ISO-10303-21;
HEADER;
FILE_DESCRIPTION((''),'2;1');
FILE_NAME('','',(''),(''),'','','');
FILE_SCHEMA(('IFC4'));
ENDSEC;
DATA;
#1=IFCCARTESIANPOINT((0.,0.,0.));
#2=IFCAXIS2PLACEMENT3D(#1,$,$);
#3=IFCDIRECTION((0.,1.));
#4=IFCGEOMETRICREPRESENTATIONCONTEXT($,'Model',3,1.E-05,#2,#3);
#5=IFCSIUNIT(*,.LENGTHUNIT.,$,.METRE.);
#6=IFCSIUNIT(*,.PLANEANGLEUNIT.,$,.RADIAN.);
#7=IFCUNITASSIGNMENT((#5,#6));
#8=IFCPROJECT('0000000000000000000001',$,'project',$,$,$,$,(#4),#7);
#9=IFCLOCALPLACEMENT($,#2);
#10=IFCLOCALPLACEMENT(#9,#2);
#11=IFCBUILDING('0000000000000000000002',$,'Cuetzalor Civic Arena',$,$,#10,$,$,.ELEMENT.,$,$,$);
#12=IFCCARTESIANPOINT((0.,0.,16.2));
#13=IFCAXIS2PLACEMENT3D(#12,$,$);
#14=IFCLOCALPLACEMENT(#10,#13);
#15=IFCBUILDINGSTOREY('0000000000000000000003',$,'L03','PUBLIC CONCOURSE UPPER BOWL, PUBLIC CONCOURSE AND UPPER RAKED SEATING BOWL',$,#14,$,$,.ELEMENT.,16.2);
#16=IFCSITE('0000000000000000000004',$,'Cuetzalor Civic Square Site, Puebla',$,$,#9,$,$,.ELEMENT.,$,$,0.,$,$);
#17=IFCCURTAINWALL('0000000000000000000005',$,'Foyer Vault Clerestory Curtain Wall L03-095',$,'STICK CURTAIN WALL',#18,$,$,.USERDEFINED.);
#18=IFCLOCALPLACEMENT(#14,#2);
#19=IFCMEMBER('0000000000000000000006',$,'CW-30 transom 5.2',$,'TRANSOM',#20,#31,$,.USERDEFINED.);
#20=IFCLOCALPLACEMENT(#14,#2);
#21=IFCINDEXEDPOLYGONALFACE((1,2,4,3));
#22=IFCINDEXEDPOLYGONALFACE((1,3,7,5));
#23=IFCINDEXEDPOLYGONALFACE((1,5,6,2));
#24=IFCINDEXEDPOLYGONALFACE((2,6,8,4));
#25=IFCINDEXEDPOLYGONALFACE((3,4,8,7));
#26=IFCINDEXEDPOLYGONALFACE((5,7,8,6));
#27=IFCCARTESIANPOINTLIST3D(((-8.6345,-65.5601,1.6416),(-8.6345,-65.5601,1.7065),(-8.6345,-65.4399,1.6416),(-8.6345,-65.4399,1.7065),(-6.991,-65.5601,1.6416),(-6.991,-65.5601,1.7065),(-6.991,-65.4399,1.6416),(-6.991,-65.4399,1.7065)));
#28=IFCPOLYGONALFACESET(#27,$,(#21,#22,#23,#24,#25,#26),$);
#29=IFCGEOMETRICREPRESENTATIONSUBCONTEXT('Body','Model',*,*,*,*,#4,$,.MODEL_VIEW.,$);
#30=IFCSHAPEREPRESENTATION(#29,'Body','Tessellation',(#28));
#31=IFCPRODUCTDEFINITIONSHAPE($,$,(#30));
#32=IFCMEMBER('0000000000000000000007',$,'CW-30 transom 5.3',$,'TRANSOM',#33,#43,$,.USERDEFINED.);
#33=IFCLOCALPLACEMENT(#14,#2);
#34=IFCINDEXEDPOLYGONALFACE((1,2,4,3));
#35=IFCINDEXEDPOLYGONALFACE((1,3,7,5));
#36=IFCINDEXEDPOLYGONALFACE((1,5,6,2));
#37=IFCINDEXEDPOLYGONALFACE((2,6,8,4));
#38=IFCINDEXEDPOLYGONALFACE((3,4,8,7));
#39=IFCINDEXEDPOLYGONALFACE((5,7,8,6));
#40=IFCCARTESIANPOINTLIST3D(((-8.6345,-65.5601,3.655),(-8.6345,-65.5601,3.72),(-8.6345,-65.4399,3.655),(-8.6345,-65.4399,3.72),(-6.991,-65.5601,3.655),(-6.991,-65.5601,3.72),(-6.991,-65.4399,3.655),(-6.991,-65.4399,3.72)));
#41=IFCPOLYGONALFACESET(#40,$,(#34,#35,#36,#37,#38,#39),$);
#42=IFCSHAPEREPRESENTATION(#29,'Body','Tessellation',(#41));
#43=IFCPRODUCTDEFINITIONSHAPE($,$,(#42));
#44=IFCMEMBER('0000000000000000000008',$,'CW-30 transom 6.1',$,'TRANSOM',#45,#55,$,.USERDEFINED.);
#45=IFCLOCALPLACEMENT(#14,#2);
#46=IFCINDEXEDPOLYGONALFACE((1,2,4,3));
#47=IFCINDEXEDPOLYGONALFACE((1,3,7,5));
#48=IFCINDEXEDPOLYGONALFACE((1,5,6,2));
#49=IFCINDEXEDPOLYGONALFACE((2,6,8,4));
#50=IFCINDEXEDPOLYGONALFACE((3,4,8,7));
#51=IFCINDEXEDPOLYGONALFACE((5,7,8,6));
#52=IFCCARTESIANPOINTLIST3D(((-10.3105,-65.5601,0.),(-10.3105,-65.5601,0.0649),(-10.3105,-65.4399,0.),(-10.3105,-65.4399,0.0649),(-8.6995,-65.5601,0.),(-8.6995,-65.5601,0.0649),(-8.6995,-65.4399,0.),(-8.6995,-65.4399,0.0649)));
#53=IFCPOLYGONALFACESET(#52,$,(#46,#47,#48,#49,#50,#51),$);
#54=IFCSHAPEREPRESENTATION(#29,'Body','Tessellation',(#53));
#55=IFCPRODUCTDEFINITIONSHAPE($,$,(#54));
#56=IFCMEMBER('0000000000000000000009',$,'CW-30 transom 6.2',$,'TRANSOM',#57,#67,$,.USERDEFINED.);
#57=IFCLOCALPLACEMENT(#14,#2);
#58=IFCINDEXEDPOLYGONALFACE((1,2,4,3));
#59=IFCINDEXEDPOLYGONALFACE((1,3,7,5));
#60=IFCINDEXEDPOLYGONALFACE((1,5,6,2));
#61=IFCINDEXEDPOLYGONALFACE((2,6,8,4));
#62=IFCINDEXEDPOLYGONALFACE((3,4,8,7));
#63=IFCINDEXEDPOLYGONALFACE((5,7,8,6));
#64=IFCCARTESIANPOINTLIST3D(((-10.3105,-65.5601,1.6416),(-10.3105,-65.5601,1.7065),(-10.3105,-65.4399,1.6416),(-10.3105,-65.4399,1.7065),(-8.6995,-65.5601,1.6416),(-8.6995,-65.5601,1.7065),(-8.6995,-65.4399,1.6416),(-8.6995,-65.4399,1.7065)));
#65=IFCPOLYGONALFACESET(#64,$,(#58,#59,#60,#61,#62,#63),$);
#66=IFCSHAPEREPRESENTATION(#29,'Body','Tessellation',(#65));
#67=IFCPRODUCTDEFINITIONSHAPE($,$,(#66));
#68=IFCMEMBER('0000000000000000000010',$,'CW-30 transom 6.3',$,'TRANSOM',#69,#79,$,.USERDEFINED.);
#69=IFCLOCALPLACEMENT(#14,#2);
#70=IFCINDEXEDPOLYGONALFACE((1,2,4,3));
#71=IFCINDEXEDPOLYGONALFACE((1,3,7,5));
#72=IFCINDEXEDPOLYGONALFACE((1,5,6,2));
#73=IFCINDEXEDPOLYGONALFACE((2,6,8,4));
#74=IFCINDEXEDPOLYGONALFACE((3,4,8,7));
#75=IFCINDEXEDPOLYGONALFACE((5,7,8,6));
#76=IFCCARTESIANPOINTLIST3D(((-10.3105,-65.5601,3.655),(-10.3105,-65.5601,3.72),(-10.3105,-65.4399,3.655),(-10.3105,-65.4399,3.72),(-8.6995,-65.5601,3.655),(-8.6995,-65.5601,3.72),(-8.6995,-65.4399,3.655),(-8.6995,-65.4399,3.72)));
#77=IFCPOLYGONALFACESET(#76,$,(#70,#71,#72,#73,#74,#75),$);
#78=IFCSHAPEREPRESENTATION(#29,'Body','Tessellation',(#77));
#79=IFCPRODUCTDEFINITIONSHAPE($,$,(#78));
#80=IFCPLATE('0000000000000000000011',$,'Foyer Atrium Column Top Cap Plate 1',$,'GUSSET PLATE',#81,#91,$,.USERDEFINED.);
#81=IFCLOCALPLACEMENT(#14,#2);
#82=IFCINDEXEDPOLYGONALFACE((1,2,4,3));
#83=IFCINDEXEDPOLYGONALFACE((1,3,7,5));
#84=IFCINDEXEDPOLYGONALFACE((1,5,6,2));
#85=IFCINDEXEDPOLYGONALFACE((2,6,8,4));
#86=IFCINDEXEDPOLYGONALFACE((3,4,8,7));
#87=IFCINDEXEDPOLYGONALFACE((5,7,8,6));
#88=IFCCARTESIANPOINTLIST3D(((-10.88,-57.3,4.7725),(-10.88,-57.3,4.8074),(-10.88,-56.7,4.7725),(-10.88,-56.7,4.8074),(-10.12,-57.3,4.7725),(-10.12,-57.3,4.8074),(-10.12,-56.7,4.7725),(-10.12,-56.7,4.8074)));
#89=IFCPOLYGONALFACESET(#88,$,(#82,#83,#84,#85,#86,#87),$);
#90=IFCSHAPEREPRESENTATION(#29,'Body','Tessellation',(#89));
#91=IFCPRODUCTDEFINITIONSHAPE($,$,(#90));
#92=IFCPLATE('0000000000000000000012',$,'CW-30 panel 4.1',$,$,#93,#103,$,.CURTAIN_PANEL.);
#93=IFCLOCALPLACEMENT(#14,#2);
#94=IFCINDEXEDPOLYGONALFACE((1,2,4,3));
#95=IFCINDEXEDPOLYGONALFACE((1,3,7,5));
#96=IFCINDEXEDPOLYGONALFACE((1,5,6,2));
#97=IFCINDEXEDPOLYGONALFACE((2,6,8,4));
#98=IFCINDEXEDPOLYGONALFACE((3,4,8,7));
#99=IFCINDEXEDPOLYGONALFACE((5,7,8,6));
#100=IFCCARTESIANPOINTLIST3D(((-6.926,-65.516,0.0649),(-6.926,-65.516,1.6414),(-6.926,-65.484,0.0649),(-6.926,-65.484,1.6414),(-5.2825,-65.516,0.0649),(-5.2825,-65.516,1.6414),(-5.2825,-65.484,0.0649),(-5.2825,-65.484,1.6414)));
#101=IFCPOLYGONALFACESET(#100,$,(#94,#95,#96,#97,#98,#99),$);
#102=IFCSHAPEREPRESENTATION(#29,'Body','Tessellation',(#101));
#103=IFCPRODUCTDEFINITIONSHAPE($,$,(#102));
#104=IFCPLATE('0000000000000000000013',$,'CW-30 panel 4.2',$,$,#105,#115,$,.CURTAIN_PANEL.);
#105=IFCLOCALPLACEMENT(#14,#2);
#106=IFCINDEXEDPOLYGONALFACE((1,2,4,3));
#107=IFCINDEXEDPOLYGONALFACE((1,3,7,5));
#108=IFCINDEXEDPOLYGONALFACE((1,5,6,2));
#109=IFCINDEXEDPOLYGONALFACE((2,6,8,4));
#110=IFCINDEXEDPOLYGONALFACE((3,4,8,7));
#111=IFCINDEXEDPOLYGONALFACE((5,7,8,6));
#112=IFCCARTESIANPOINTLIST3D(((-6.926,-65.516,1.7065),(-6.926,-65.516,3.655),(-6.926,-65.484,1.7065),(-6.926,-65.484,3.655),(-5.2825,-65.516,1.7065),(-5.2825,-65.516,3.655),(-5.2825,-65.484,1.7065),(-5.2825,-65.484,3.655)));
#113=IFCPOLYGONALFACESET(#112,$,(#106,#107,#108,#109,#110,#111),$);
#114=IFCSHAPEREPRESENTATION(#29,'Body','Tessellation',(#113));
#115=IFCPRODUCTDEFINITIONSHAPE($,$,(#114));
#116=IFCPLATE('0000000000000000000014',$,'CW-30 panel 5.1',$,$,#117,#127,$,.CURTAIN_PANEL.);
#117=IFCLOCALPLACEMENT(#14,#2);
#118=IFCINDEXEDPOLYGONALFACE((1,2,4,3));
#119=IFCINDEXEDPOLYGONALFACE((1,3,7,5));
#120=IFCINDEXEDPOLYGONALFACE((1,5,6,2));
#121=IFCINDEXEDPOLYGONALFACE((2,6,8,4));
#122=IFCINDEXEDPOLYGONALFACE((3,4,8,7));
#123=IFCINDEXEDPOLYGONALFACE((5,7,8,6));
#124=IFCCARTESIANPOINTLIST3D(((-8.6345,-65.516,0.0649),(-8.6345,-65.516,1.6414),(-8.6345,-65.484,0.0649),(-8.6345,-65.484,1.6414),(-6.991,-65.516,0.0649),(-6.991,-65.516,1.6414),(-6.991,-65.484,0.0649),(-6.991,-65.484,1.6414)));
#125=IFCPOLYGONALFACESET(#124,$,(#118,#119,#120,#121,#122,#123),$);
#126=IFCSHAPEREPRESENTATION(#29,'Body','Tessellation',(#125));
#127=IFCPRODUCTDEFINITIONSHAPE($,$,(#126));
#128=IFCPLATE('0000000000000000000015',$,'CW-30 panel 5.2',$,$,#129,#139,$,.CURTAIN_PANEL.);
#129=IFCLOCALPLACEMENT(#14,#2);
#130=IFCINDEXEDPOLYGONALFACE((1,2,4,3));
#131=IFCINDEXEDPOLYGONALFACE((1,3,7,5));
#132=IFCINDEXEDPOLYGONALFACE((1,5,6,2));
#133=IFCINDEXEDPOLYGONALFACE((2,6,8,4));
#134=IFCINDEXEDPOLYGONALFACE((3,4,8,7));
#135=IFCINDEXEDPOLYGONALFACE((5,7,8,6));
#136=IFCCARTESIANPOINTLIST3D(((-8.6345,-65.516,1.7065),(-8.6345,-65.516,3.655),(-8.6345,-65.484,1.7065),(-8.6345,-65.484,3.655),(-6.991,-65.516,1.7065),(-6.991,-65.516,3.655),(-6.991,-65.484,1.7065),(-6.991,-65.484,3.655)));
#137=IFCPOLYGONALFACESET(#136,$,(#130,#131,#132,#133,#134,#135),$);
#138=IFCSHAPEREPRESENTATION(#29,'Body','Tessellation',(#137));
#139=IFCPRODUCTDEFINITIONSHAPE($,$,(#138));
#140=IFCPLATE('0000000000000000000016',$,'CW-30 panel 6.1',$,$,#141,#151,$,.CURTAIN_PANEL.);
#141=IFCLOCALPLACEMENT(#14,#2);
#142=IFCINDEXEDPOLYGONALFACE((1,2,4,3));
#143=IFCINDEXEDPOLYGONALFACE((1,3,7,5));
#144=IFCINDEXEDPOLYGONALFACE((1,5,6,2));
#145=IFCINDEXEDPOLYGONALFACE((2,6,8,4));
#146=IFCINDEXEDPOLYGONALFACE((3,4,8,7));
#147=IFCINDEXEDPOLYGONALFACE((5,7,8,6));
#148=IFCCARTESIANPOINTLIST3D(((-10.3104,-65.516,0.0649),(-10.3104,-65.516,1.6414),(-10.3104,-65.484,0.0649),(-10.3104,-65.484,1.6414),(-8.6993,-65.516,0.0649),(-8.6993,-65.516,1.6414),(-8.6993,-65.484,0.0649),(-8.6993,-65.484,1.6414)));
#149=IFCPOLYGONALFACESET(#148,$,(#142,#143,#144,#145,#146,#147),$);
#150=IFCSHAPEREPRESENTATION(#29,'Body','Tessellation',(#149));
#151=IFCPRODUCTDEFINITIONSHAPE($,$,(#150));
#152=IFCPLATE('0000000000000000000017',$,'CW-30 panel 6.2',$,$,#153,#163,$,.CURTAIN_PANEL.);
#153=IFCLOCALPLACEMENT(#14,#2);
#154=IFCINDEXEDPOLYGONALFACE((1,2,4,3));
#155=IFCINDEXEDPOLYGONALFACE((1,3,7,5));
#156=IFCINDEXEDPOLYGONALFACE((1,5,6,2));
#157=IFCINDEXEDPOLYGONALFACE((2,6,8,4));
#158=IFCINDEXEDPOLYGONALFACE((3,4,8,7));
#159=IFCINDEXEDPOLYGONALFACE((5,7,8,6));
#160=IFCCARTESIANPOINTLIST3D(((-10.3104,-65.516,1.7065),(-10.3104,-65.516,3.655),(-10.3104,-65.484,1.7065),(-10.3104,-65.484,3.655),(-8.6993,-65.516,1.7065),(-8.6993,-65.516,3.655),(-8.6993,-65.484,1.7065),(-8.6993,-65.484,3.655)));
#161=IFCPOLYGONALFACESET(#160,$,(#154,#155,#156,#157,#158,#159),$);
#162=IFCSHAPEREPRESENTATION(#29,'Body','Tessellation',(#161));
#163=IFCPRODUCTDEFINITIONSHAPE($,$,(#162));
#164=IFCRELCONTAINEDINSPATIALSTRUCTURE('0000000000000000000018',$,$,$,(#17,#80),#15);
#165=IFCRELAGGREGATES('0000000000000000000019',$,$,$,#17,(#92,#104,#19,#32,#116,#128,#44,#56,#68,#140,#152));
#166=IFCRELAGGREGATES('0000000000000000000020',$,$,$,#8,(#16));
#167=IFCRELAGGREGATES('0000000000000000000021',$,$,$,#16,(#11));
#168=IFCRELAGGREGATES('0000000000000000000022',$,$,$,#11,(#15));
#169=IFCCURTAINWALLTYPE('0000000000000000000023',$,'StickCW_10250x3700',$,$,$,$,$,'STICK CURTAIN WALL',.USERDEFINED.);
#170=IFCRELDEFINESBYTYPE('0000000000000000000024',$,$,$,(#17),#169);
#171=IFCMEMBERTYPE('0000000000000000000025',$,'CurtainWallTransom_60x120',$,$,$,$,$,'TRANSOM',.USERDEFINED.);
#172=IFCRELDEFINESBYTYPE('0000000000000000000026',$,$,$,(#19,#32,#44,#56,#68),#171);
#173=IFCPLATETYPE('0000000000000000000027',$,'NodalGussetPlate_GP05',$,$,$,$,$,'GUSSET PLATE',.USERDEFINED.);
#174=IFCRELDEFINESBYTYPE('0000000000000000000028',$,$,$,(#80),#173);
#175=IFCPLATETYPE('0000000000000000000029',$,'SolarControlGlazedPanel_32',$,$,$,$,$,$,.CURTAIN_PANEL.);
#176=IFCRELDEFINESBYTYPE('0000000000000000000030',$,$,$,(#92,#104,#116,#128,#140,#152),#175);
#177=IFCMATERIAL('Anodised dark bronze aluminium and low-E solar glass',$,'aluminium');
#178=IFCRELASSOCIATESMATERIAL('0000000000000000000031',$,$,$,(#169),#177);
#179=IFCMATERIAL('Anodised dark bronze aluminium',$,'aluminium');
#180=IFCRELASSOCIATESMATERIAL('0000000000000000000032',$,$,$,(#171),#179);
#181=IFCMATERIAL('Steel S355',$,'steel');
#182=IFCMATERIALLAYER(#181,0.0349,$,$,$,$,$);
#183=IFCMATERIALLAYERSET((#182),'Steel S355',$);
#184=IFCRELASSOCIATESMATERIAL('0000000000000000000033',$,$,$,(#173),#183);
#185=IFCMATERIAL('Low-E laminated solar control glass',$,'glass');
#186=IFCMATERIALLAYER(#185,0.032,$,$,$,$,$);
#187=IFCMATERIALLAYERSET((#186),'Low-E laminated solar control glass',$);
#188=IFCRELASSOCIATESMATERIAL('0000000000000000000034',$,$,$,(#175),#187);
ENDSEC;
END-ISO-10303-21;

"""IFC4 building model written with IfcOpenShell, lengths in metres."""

from ifc_helpers import new_model, si_unit, direction, frame, origin, origin_2d, place, context, subcontext, project, spatial, rectangle, extrude, material, layer, layer_set, material_profile, profile_set, type_object, element, aggregate, save


model = new_model("IFC4")

# Units and contexts
model_context = context("Model", 3, precision=1e-05, world=origin(), true_north=direction((0.0, 1.0)))
body_context = subcontext(model_context, "Body", "Model", "MODEL_VIEW")
ifc_project = project(units=[si_unit("LENGTHUNIT", "METRE"), si_unit("PLANEANGLEUNIT", "RADIAN")], contexts=[model_context])

# Site, building, storey
site_placement = place(None, origin())
site = spatial("IfcSite", under=ifc_project, at=site_placement, Name="Cuetzalor Civic Square Site, Puebla", CompositionType="ELEMENT", RefElevation=0.0)
building_placement = place(site_placement, origin())
building = spatial("IfcBuilding", under=site, at=building_placement, Name="Cuetzalor Civic Arena", CompositionType="ELEMENT")
storey_placement = place(building_placement, frame((0.0, 0.0, 16.2)))
storey = spatial("IfcBuildingStorey", under=building, at=storey_placement, Name="L03", Description="PUBLIC CONCOURSE UPPER BOWL, PUBLIC CONCOURSE AND UPPER RAKED SEATING BOWL", CompositionType="ELEMENT", Elevation=16.2)

# Curtain wall, members
ifc_material_1 = material(Name="Anodised dark bronze aluminium and low-E solar glass", Category="aluminium")
curtain_wall_type = type_object("IfcCurtainWallType", Name="StickCW_10250x3700", ElementType="STICK CURTAIN WALL", PredefinedType="USERDEFINED", material=ifc_material_1)
curtain_wall_placement = place(storey_placement, origin())
curtain_wall = element("IfcCurtainWall", 1, at=curtain_wall_placement, inside=storey, type_object=curtain_wall_type, Name="Foyer Vault Clerestory Curtain Wall L03-095", ObjectType="STICK CURTAIN WALL", PredefinedType="USERDEFINED")
ifc_material_2 = material(Name="Anodised dark bronze aluminium", Category="aluminium")
ifc_material_profile_1 = material_profile(ifc_material_2, rectangle(XDim=0.1201, YDim=0.0649, at=origin_2d()), Name="ALU TRANSOM 65x120")
ifc_profile_set_1 = profile_set([ifc_material_profile_1], Name="Anodised dark bronze aluminium")
member_type_1 = type_object("IfcMemberType", Name="CurtainWallTransom_60x120", ElementType="TRANSOM", PredefinedType="USERDEFINED", material=ifc_profile_set_1)
member_1_placement = place(storey_placement, frame((-6.991, -65.5, 1.6741), z_axis=(-1.0, 0.0, 0.0), x_axis=(0.0, -1.0, 0.0)))
member_1 = element("IfcMember", 2, at=member_1_placement, type_object=member_type_1, Name="CW-30 transom 5.2", ObjectType="TRANSOM", PredefinedType="USERDEFINED", context=body_context, shape_type="SweptSolid", body=[
    extrude(rectangle(XDim=0.1201, YDim=0.0649, at=origin_2d()), origin(), (0.0, 0.0, 1.0), 1.6436),
])
member_2_placement = place(storey_placement, frame((-6.991, -65.5, 3.6875), z_axis=(-1.0, 0.0, 0.0), x_axis=(0.0, -1.0, 0.0)))
member_2 = element("IfcMember", 3, at=member_2_placement, type_object=member_type_1, Name="CW-30 transom 5.3", ObjectType="TRANSOM", PredefinedType="USERDEFINED", context=body_context, shape_type="SweptSolid", body=[
    extrude(rectangle(XDim=0.1201, YDim=0.0649, at=origin_2d()), origin(), (0.0, 0.0, 1.0), 1.6436),
])
member_3_placement = place(storey_placement, frame((-8.6995, -65.5, 0.0325), z_axis=(-1.0, 0.0, 0.0), x_axis=(0.0, -1.0, 0.0)))
member_3 = element("IfcMember", 4, at=member_3_placement, type_object=member_type_1, Name="CW-30 transom 6.1", ObjectType="TRANSOM", PredefinedType="USERDEFINED", context=body_context, shape_type="SweptSolid", body=[
    extrude(rectangle(XDim=0.1201, YDim=0.0649, at=origin_2d()), origin(), (0.0, 0.0, 1.0), 1.6111),
])
member_4_placement = place(storey_placement, frame((-8.6995, -65.5, 1.6741), z_axis=(-1.0, 0.0, 0.0), x_axis=(0.0, -1.0, 0.0)))
member_4 = element("IfcMember", 5, at=member_4_placement, type_object=member_type_1, Name="CW-30 transom 6.2", ObjectType="TRANSOM", PredefinedType="USERDEFINED", context=body_context, shape_type="SweptSolid", body=[
    extrude(rectangle(XDim=0.1201, YDim=0.0649, at=origin_2d()), origin(), (0.0, 0.0, 1.0), 1.6111),
])
member_5_placement = place(storey_placement, frame((-8.6995, -65.5, 3.6875), z_axis=(-1.0, 0.0, 0.0), x_axis=(0.0, -1.0, 0.0)))
member_5 = element("IfcMember", 6, at=member_5_placement, type_object=member_type_1, Name="CW-30 transom 6.3", ObjectType="TRANSOM", PredefinedType="USERDEFINED", context=body_context, shape_type="SweptSolid", body=[
    extrude(rectangle(XDim=0.1201, YDim=0.0649, at=origin_2d()), origin(), (0.0, 0.0, 1.0), 1.6111),
])

# Plates
ifc_material_3 = material(Name="Steel S355", Category="steel")
ifc_layer_1 = layer(ifc_material_3, 0.0349)
ifc_layer_set_1 = layer_set([ifc_layer_1], Name="Steel S355")
plate_type_1 = type_object("IfcPlateType", Name="NodalGussetPlate_GP05", ElementType="GUSSET PLATE", PredefinedType="USERDEFINED", material=ifc_layer_set_1)
plate_1_placement = place(storey_placement, frame((-10.5, -57.0, 4.7725), z_axis=(0.0, 0.0, 1.0), x_axis=(1.0, 0.0, 0.0)))
element("IfcPlate", 7, at=plate_1_placement, inside=storey, type_object=plate_type_1, Name="Foyer Atrium Column Top Cap Plate 1", ObjectType="GUSSET PLATE", PredefinedType="USERDEFINED", context=body_context, shape_type="SweptSolid", body=[
    extrude(rectangle(XDim=0.76, YDim=0.6001, at=origin_2d()), origin(), (0.0, 0.0, 1.0), 0.0349),
])
ifc_material_4 = material(Name="Low-E laminated solar control glass", Category="glass")
ifc_layer_2 = layer(ifc_material_4, 0.032)
ifc_layer_set_2 = layer_set([ifc_layer_2], Name="Low-E laminated solar control glass")
plate_type_2 = type_object("IfcPlateType", Name="SolarControlGlazedPanel_32", PredefinedType="CURTAIN_PANEL", material=ifc_layer_set_2)
plate_2_placement = place(storey_placement, frame((-6.1042, -65.5, 0.0649), z_axis=(0.0, 0.0, 1.0), x_axis=(-1.0, 0.0, 0.0)))
plate_2 = element("IfcPlate", 8, at=plate_2_placement, type_object=plate_type_2, Name="CW-30 panel 4.1", PredefinedType="CURTAIN_PANEL", context=body_context, shape_type="SweptSolid", body=[
    extrude(rectangle(XDim=1.6436, YDim=0.032, at=origin_2d()), origin(), (0.0, 0.0, 1.0), 1.5764),
])
plate_3_placement = place(storey_placement, frame((-6.1042, -65.5, 1.7065), z_axis=(0.0, 0.0, 1.0), x_axis=(-1.0, 0.0, 0.0)))
plate_3 = element("IfcPlate", 9, at=plate_3_placement, type_object=plate_type_2, Name="CW-30 panel 4.2", PredefinedType="CURTAIN_PANEL", context=body_context, shape_type="SweptSolid", body=[
    extrude(rectangle(XDim=1.6436, YDim=0.032, at=origin_2d()), origin(), (0.0, 0.0, 1.0), 1.9485),
])
plate_4_placement = place(storey_placement, frame((-7.8127, -65.5, 0.0649), z_axis=(0.0, 0.0, 1.0), x_axis=(-1.0, 0.0, 0.0)))
plate_4 = element("IfcPlate", 10, at=plate_4_placement, type_object=plate_type_2, Name="CW-30 panel 5.1", PredefinedType="CURTAIN_PANEL", context=body_context, shape_type="SweptSolid", body=[
    extrude(rectangle(XDim=1.6436, YDim=0.032, at=origin_2d()), origin(), (0.0, 0.0, 1.0), 1.5764),
])
plate_5_placement = place(storey_placement, frame((-7.8127, -65.5, 1.7065), z_axis=(0.0, 0.0, 1.0), x_axis=(-1.0, 0.0, 0.0)))
plate_5 = element("IfcPlate", 11, at=plate_5_placement, type_object=plate_type_2, Name="CW-30 panel 5.2", PredefinedType="CURTAIN_PANEL", context=body_context, shape_type="SweptSolid", body=[
    extrude(rectangle(XDim=1.6436, YDim=0.032, at=origin_2d()), origin(), (0.0, 0.0, 1.0), 1.9485),
])
plate_6_placement = place(storey_placement, frame((-9.5049, -65.5, 0.0649), z_axis=(0.0, 0.0, 1.0), x_axis=(-1.0, 0.0, 0.0)))
plate_6 = element("IfcPlate", 12, at=plate_6_placement, type_object=plate_type_2, Name="CW-30 panel 6.1", PredefinedType="CURTAIN_PANEL", context=body_context, shape_type="SweptSolid", body=[
    extrude(rectangle(XDim=1.6111, YDim=0.032, at=origin_2d()), origin(), (0.0, 0.0, 1.0), 1.5764),
])
plate_7_placement = place(storey_placement, frame((-9.5049, -65.5, 1.7065), z_axis=(0.0, 0.0, 1.0), x_axis=(-1.0, 0.0, 0.0)))
plate_7 = element("IfcPlate", 13, at=plate_7_placement, type_object=plate_type_2, Name="CW-30 panel 6.2", PredefinedType="CURTAIN_PANEL", context=body_context, shape_type="SweptSolid", body=[
    extrude(rectangle(XDim=1.6111, YDim=0.032, at=origin_2d()), origin(), (0.0, 0.0, 1.0), 1.9485),
])
aggregate(curtain_wall, [plate_2, plate_3, member_1, member_2, plate_4, plate_5, member_3, member_4, member_5, plate_6, plate_7])

save(model, "model.ifc")
